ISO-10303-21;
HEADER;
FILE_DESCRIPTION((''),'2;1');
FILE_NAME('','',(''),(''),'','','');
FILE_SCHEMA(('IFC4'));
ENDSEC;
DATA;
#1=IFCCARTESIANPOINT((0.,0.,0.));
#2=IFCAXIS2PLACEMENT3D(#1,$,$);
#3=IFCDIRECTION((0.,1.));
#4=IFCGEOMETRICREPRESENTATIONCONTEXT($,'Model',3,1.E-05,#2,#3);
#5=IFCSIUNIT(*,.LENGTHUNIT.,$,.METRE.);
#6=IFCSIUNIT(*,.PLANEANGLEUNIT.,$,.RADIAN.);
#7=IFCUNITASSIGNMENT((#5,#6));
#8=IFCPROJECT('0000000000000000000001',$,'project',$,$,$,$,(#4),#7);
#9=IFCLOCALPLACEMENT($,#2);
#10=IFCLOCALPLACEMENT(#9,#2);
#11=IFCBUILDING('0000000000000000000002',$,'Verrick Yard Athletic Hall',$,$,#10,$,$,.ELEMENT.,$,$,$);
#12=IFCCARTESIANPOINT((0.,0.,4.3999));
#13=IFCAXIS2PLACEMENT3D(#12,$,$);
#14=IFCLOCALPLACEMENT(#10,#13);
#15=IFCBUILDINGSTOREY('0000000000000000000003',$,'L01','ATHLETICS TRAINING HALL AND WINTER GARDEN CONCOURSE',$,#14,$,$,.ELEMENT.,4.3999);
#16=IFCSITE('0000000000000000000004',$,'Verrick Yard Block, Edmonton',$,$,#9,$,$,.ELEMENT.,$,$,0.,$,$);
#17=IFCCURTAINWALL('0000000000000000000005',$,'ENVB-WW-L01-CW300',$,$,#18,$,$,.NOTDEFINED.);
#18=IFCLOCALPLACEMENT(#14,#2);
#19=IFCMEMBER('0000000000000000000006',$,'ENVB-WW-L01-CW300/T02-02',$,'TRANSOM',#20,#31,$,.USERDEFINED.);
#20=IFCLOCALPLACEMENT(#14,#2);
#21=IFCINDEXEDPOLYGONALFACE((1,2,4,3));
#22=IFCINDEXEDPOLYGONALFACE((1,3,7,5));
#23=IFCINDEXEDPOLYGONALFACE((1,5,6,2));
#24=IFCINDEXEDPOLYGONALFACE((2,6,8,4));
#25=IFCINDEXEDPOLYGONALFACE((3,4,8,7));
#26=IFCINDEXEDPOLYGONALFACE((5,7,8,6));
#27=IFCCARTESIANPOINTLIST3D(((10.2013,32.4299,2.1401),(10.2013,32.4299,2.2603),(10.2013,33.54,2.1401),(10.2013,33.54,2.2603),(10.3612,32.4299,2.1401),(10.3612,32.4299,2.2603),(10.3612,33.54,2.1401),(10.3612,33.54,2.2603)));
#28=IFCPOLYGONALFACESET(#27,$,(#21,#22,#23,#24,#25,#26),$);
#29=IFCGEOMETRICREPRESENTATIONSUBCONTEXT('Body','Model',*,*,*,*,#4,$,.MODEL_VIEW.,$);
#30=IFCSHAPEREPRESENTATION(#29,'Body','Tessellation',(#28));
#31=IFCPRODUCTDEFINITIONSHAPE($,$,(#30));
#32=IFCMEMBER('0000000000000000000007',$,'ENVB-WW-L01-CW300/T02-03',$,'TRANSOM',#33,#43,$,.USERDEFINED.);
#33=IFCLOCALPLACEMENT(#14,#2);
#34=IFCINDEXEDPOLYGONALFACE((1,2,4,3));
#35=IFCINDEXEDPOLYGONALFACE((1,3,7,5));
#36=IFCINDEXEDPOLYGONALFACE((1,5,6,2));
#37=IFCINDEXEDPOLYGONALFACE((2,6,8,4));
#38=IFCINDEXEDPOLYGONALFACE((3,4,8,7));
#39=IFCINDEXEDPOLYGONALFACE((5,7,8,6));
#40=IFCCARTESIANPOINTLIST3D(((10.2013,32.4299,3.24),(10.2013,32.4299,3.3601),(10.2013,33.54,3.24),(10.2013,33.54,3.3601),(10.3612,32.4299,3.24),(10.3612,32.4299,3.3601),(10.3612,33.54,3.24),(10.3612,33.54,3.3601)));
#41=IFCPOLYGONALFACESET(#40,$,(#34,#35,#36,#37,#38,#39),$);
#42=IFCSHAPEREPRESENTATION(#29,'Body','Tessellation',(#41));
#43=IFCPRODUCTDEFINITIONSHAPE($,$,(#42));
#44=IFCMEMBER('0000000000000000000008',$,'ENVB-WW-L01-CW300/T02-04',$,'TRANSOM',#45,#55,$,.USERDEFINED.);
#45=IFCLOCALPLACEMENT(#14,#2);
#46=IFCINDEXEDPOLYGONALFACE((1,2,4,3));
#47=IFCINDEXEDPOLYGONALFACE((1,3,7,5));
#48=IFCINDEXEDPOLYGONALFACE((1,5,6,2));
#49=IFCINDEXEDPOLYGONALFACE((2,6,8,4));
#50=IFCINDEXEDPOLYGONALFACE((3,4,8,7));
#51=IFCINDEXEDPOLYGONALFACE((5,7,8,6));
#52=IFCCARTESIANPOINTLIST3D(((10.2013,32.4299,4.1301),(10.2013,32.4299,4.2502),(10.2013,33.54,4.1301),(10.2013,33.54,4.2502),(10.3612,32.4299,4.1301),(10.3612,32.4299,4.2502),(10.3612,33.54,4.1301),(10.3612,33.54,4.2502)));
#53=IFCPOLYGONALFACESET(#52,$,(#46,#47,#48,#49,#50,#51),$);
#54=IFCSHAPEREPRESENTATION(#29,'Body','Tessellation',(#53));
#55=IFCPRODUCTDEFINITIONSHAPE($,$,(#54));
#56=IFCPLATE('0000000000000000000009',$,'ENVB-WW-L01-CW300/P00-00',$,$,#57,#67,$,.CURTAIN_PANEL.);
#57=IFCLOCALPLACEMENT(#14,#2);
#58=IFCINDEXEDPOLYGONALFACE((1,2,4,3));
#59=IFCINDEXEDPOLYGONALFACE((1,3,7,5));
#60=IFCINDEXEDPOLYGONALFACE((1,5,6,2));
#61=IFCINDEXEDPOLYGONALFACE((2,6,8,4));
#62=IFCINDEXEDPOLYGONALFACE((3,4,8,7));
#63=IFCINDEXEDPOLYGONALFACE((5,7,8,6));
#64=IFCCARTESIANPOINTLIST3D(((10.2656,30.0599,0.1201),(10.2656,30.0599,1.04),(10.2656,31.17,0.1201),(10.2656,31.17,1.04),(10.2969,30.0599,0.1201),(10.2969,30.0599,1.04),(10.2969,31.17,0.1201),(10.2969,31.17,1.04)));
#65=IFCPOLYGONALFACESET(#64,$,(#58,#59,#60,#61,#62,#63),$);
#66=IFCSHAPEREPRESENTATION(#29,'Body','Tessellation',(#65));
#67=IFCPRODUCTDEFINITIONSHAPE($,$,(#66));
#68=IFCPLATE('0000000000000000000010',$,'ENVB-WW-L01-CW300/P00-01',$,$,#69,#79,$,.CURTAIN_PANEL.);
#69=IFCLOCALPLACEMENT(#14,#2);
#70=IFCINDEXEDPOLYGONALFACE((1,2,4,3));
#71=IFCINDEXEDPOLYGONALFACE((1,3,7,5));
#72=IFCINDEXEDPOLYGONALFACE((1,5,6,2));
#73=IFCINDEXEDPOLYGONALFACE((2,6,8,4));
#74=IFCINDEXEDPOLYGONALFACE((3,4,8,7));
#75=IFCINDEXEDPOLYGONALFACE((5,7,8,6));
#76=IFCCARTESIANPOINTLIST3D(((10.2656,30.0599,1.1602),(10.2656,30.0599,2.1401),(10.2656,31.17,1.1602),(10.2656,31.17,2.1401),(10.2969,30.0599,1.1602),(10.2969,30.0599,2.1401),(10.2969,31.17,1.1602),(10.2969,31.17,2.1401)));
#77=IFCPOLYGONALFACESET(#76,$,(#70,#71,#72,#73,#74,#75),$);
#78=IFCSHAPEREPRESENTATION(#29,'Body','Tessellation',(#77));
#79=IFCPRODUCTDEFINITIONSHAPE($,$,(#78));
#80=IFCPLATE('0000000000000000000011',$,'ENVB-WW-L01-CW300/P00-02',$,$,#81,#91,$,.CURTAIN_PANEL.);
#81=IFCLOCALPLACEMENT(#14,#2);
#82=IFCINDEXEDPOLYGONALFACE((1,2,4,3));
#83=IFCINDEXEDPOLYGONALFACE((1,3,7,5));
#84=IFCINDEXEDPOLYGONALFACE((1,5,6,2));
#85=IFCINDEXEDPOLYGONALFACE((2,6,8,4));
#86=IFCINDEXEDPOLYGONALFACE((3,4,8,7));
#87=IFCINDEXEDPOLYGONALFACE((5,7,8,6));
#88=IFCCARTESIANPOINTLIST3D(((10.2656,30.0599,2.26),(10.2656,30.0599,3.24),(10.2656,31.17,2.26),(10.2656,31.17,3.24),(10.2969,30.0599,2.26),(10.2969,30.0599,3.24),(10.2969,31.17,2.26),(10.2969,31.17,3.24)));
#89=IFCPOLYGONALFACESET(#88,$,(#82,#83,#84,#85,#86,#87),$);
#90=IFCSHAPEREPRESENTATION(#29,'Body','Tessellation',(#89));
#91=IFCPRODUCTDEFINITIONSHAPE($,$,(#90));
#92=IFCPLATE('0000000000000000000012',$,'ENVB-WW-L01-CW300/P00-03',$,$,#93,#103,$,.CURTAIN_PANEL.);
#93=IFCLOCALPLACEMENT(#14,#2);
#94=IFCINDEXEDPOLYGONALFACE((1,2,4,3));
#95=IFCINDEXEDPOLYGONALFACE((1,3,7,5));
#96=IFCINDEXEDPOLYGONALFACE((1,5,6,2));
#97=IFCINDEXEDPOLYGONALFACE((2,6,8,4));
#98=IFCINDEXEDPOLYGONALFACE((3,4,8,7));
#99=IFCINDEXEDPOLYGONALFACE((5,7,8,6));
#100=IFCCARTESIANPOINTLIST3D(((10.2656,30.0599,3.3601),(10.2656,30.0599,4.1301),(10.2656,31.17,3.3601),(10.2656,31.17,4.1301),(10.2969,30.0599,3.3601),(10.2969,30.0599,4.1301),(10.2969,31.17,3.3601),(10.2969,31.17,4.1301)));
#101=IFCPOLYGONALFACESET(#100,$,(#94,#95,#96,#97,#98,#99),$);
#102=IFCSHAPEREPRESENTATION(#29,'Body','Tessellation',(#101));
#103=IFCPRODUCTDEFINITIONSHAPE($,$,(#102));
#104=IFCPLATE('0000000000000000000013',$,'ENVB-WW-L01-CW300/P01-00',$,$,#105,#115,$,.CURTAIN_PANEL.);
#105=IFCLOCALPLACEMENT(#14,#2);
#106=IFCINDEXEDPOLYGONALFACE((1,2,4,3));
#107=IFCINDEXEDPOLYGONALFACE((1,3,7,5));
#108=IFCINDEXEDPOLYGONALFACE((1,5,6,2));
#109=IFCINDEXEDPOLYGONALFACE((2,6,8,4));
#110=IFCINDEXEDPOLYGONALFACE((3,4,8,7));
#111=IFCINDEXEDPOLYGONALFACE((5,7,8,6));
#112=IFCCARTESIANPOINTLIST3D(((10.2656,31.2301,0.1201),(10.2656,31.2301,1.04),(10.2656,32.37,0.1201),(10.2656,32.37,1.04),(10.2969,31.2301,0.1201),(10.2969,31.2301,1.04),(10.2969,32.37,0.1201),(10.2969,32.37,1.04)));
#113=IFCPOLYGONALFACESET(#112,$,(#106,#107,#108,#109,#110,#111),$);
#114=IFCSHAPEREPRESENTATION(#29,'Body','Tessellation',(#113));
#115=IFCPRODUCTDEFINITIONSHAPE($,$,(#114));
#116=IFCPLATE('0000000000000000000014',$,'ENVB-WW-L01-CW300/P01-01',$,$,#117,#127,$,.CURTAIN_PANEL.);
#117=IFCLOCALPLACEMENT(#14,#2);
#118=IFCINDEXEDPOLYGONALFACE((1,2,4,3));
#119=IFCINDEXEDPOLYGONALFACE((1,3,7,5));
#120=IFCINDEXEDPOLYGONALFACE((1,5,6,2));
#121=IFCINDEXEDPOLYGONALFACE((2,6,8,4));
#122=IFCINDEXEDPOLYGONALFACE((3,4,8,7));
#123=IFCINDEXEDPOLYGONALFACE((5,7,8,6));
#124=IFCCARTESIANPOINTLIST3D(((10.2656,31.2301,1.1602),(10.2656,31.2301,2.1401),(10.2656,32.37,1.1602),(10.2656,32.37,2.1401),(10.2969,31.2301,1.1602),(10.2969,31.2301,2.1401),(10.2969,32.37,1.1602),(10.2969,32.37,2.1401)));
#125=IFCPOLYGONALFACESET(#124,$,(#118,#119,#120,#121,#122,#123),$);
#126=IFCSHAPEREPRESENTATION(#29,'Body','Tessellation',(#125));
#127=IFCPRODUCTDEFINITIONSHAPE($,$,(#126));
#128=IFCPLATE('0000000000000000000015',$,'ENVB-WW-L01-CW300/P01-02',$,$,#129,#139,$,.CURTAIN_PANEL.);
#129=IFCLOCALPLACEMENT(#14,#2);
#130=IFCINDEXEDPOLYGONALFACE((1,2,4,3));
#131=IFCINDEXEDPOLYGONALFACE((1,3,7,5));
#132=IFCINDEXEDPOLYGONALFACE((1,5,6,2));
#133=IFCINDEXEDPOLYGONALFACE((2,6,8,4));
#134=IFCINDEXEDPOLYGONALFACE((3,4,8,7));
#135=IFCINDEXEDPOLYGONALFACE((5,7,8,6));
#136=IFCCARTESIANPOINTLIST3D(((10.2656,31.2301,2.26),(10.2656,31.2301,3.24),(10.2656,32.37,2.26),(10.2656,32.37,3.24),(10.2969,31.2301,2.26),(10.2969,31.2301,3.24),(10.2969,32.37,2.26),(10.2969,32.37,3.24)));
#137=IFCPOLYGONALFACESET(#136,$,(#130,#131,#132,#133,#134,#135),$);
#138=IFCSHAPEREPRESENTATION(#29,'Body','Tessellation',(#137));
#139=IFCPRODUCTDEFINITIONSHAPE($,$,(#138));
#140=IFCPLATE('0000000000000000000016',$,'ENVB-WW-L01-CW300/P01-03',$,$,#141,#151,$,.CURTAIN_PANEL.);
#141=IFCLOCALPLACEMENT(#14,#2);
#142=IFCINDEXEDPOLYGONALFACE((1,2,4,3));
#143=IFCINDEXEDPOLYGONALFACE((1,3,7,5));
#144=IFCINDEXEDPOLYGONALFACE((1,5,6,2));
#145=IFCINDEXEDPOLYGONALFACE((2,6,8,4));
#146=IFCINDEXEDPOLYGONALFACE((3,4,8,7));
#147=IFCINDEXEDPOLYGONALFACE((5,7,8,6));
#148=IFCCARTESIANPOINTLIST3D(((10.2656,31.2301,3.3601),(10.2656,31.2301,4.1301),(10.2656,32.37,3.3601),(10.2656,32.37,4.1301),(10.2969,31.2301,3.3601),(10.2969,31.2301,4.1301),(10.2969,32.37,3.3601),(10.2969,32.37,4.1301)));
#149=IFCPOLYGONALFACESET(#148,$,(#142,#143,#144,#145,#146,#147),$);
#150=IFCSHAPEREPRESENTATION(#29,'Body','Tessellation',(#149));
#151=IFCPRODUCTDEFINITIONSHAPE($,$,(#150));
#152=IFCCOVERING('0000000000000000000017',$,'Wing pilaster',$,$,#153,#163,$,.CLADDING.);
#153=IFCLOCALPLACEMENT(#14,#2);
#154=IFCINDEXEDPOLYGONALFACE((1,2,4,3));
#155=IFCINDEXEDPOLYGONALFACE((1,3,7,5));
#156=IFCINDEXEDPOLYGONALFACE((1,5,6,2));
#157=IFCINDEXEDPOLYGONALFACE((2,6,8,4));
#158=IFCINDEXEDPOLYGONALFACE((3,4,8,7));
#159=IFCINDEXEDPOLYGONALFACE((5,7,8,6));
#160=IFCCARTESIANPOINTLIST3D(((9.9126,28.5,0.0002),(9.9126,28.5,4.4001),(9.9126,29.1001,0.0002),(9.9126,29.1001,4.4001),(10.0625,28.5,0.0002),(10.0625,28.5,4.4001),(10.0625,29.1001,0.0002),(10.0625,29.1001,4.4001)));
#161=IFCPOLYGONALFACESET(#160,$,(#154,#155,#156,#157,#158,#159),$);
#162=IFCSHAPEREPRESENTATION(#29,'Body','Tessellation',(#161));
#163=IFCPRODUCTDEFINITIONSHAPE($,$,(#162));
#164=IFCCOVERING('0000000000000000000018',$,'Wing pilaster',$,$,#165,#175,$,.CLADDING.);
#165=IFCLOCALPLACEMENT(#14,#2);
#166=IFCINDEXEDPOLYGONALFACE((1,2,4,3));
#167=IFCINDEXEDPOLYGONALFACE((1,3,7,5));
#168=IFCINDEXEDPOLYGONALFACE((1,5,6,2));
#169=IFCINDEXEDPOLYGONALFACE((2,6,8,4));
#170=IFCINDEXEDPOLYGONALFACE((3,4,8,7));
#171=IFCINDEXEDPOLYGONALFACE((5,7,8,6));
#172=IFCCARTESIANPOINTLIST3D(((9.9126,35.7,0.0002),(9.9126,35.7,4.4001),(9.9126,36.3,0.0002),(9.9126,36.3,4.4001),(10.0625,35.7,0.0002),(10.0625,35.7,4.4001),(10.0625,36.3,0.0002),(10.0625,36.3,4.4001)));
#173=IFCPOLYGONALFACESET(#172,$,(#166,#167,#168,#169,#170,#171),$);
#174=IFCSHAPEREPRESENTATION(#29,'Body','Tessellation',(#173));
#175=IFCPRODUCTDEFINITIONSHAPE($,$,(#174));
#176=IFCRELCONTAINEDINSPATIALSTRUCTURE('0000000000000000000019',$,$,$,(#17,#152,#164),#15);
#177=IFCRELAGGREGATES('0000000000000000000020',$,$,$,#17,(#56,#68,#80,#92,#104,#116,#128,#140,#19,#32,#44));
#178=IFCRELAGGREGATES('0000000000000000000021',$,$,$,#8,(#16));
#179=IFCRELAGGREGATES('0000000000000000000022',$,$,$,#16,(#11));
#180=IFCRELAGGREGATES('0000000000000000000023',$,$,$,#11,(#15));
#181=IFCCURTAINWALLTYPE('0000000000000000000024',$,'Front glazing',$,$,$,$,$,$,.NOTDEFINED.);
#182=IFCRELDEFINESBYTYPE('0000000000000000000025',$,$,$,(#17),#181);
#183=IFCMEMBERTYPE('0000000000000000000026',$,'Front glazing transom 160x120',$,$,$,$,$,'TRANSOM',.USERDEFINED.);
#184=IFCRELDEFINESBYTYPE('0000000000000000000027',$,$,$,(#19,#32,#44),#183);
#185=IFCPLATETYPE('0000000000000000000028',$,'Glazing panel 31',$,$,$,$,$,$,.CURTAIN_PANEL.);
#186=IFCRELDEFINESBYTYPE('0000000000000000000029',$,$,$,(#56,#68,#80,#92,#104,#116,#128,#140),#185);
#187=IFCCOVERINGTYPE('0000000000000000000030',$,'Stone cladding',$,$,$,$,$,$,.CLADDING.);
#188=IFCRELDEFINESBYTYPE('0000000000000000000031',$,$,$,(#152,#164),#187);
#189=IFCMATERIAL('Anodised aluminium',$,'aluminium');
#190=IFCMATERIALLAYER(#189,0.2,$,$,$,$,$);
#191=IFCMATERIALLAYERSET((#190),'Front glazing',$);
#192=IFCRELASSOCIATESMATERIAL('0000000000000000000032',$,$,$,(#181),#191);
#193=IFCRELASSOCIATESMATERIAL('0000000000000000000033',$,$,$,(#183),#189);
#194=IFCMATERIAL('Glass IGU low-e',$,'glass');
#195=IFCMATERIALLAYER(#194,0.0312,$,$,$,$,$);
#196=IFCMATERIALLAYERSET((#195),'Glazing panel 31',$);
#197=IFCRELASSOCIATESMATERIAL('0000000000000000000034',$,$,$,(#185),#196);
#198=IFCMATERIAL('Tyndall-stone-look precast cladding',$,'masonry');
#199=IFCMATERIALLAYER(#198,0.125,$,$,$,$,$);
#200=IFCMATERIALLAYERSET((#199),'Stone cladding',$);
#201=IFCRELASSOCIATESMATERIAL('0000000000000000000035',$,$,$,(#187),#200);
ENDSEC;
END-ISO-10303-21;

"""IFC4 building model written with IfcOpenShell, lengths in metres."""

from ifc_helpers import new_model, si_unit, direction, frame, origin, origin_2d, place, context, subcontext, project, spatial, rectangle, extrude, material, layer, layer_set, material_profile, profile_set, type_object, element, aggregate, save


model = new_model("IFC4")

# Units and contexts
model_context = context("Model", 3, precision=1e-05, world=origin(), true_north=direction((0.0, 1.0)))
body_context = subcontext(model_context, "Body", "Model", "MODEL_VIEW")
ifc_project = project(units=[si_unit("LENGTHUNIT", "METRE"), si_unit("PLANEANGLEUNIT", "RADIAN")], contexts=[model_context])

# Site, building, storey
site_placement = place(None, origin())
site = spatial("IfcSite", under=ifc_project, at=site_placement, Name="Verrick Yard Block, Edmonton", CompositionType="ELEMENT", RefElevation=0.0)
building_placement = place(site_placement, origin())
building = spatial("IfcBuilding", under=site, at=building_placement, Name="Verrick Yard Athletic Hall", CompositionType="ELEMENT")
storey_placement = place(building_placement, frame((0.0, 0.0, 4.3999)))
storey = spatial("IfcBuildingStorey", under=building, at=storey_placement, Name="L01", Description="ATHLETICS TRAINING HALL AND WINTER GARDEN CONCOURSE", CompositionType="ELEMENT", Elevation=4.3999)

# Curtain wall, members, plates
ifc_material_1 = material(Name="Anodised aluminium", Category="aluminium")
ifc_layer_1 = layer(ifc_material_1, 0.2)
ifc_layer_set_1 = layer_set([ifc_layer_1], Name="Front glazing")
curtain_wall_type = type_object("IfcCurtainWallType", Name="Front glazing", PredefinedType="NOTDEFINED", material=ifc_layer_set_1)
curtain_wall_placement = place(storey_placement, origin())
curtain_wall = element("IfcCurtainWall", 1, at=curtain_wall_placement, inside=storey, type_object=curtain_wall_type, Name="ENVB-WW-L01-CW300", PredefinedType="NOTDEFINED")
ifc_material_profile_1 = material_profile(ifc_material_1, rectangle(XDim=0.1599, YDim=0.1201, at=origin_2d()), Name="CW transom 160x120")
ifc_profile_set_1 = profile_set([ifc_material_profile_1], Name="Anodised aluminium")
member_type_1 = type_object("IfcMemberType", Name="Front glazing transom 160x120", ElementType="TRANSOM", PredefinedType="USERDEFINED", material=ifc_profile_set_1)
member_1_placement = place(storey_placement, frame((10.2812, 32.4299, 2.2002), z_axis=(0.0, 1.0, 0.0), x_axis=(-1.0, 0.0, 0.0)))
member_1 = element("IfcMember", 2, at=member_1_placement, type_object=member_type_1, Name="ENVB-WW-L01-CW300/T02-02", ObjectType="TRANSOM", PredefinedType="USERDEFINED", context=body_context, shape_type="SweptSolid", body=[
    extrude(rectangle(XDim=0.1599, YDim=0.1201, at=origin_2d()), origin(), (0.0, 0.0, 1.0), 1.1101),
])
member_2_placement = place(storey_placement, frame((10.2812, 32.4299, 3.3), z_axis=(0.0, 1.0, 0.0), x_axis=(-1.0, 0.0, 0.0)))
member_2 = element("IfcMember", 3, at=member_2_placement, type_object=member_type_1, Name="ENVB-WW-L01-CW300/T02-03", ObjectType="TRANSOM", PredefinedType="USERDEFINED", context=body_context, shape_type="SweptSolid", body=[
    extrude(rectangle(XDim=0.1599, YDim=0.1201, at=origin_2d()), origin(), (0.0, 0.0, 1.0), 1.1101),
])
member_3_placement = place(storey_placement, frame((10.2812, 32.4299, 4.1902), z_axis=(0.0, 1.0, 0.0), x_axis=(-1.0, 0.0, 0.0)))
member_3 = element("IfcMember", 4, at=member_3_placement, type_object=member_type_1, Name="ENVB-WW-L01-CW300/T02-04", ObjectType="TRANSOM", PredefinedType="USERDEFINED", context=body_context, shape_type="SweptSolid", body=[
    extrude(rectangle(XDim=0.1599, YDim=0.1201, at=origin_2d()), origin(), (0.0, 0.0, 1.0), 1.1101),
])
ifc_material_2 = material(Name="Glass IGU low-e", Category="glass")
ifc_layer_2 = layer(ifc_material_2, 0.0312)
ifc_layer_set_2 = layer_set([ifc_layer_2], Name="Glazing panel 31")
plate_type = type_object("IfcPlateType", Name="Glazing panel 31", PredefinedType="CURTAIN_PANEL", material=ifc_layer_set_2)
plate_1_placement = place(storey_placement, frame((10.2812, 30.615, 0.1201), z_axis=(0.0, 0.0, 1.0), x_axis=(0.0, 1.0, 0.0)))
plate_1 = element("IfcPlate", 5, at=plate_1_placement, type_object=plate_type, Name="ENVB-WW-L01-CW300/P00-00", PredefinedType="CURTAIN_PANEL", context=body_context, shape_type="SweptSolid", body=[
    extrude(rectangle(XDim=1.1101, YDim=0.0312, at=origin_2d()), origin(), (0.0, 0.0, 1.0), 0.9199),
])
plate_2_placement = place(storey_placement, frame((10.2812, 30.615, 1.1602), z_axis=(0.0, 0.0, 1.0), x_axis=(0.0, 1.0, 0.0)))
plate_2 = element("IfcPlate", 6, at=plate_2_placement, type_object=plate_type, Name="ENVB-WW-L01-CW300/P00-01", PredefinedType="CURTAIN_PANEL", context=body_context, shape_type="SweptSolid", body=[
    extrude(rectangle(XDim=1.1101, YDim=0.0312, at=origin_2d()), origin(), (0.0, 0.0, 1.0), 0.98),
])
plate_3_placement = place(storey_placement, frame((10.2812, 30.615, 2.26), z_axis=(0.0, 0.0, 1.0), x_axis=(0.0, 1.0, 0.0)))
plate_3 = element("IfcPlate", 7, at=plate_3_placement, type_object=plate_type, Name="ENVB-WW-L01-CW300/P00-02", PredefinedType="CURTAIN_PANEL", context=body_context, shape_type="SweptSolid", body=[
    extrude(rectangle(XDim=1.1101, YDim=0.0312, at=origin_2d()), origin(), (0.0, 0.0, 1.0), 0.98),
])
plate_4_placement = place(storey_placement, frame((10.2812, 30.615, 3.3601), z_axis=(0.0, 0.0, 1.0), x_axis=(0.0, 1.0, 0.0)))
plate_4 = element("IfcPlate", 8, at=plate_4_placement, type_object=plate_type, Name="ENVB-WW-L01-CW300/P00-03", PredefinedType="CURTAIN_PANEL", context=body_context, shape_type="SweptSolid", body=[
    extrude(rectangle(XDim=1.1101, YDim=0.0312, at=origin_2d()), origin(), (0.0, 0.0, 1.0), 0.77),
])
plate_5_placement = place(storey_placement, frame((10.2812, 31.8, 0.1201), z_axis=(0.0, 0.0, 1.0), x_axis=(0.0, 1.0, 0.0)))
plate_5 = element("IfcPlate", 9, at=plate_5_placement, type_object=plate_type, Name="ENVB-WW-L01-CW300/P01-00", PredefinedType="CURTAIN_PANEL", context=body_context, shape_type="SweptSolid", body=[
    extrude(rectangle(XDim=1.1399, YDim=0.0312, at=origin_2d()), origin(), (0.0, 0.0, 1.0), 0.9199),
])
plate_6_placement = place(storey_placement, frame((10.2812, 31.8, 1.1602), z_axis=(0.0, 0.0, 1.0), x_axis=(0.0, 1.0, 0.0)))
plate_6 = element("IfcPlate", 10, at=plate_6_placement, type_object=plate_type, Name="ENVB-WW-L01-CW300/P01-01", PredefinedType="CURTAIN_PANEL", context=body_context, shape_type="SweptSolid", body=[
    extrude(rectangle(XDim=1.1399, YDim=0.0312, at=origin_2d()), origin(), (0.0, 0.0, 1.0), 0.98),
])
plate_7_placement = place(storey_placement, frame((10.2812, 31.8, 2.26), z_axis=(0.0, 0.0, 1.0), x_axis=(0.0, 1.0, 0.0)))
plate_7 = element("IfcPlate", 11, at=plate_7_placement, type_object=plate_type, Name="ENVB-WW-L01-CW300/P01-02", PredefinedType="CURTAIN_PANEL", context=body_context, shape_type="SweptSolid", body=[
    extrude(rectangle(XDim=1.1399, YDim=0.0312, at=origin_2d()), origin(), (0.0, 0.0, 1.0), 0.98),
])
plate_8_placement = place(storey_placement, frame((10.2812, 31.8, 3.3601), z_axis=(0.0, 0.0, 1.0), x_axis=(0.0, 1.0, 0.0)))
plate_8 = element("IfcPlate", 12, at=plate_8_placement, type_object=plate_type, Name="ENVB-WW-L01-CW300/P01-03", PredefinedType="CURTAIN_PANEL", context=body_context, shape_type="SweptSolid", body=[
    extrude(rectangle(XDim=1.1399, YDim=0.0312, at=origin_2d()), origin(), (0.0, 0.0, 1.0), 0.77),
])
aggregate(curtain_wall, [plate_1, plate_2, plate_3, plate_4, plate_5, plate_6, plate_7, plate_8, member_1, member_2, member_3])

# Coverings
ifc_material_3 = material(Name="Tyndall-stone-look precast cladding", Category="masonry")
ifc_layer_3 = layer(ifc_material_3, 0.125)
ifc_layer_set_3 = layer_set([ifc_layer_3], Name="Stone cladding")
covering_type = type_object("IfcCoveringType", Name="Stone cladding", PredefinedType="CLADDING", material=ifc_layer_set_3)
for number, where, z_axis, x_axis, name in (
    (13, (9.9875, 28.8, 0.0002), (0.0, 0.0, 1.0), (0.0, 1.0, 0.0), "Wing pilaster"),
    (14, (9.9875, 36.0, 0.0002), (0.0, 0.0, 1.0), (0.0, 1.0, 0.0), "Wing pilaster"),
):
    element("IfcCovering", number, at=place(storey_placement, frame(where, z_axis=z_axis, x_axis=x_axis)), inside=storey, type_object=covering_type, Name=name, PredefinedType="CLADDING", context=body_context, shape_type="SweptSolid", body=[
        extrude(rectangle(XDim=0.6001, YDim=0.1499, at=origin_2d()), origin(), (0.0, 0.0, 1.0), 4.3999),
    ])

save(model, "model.ifc")
